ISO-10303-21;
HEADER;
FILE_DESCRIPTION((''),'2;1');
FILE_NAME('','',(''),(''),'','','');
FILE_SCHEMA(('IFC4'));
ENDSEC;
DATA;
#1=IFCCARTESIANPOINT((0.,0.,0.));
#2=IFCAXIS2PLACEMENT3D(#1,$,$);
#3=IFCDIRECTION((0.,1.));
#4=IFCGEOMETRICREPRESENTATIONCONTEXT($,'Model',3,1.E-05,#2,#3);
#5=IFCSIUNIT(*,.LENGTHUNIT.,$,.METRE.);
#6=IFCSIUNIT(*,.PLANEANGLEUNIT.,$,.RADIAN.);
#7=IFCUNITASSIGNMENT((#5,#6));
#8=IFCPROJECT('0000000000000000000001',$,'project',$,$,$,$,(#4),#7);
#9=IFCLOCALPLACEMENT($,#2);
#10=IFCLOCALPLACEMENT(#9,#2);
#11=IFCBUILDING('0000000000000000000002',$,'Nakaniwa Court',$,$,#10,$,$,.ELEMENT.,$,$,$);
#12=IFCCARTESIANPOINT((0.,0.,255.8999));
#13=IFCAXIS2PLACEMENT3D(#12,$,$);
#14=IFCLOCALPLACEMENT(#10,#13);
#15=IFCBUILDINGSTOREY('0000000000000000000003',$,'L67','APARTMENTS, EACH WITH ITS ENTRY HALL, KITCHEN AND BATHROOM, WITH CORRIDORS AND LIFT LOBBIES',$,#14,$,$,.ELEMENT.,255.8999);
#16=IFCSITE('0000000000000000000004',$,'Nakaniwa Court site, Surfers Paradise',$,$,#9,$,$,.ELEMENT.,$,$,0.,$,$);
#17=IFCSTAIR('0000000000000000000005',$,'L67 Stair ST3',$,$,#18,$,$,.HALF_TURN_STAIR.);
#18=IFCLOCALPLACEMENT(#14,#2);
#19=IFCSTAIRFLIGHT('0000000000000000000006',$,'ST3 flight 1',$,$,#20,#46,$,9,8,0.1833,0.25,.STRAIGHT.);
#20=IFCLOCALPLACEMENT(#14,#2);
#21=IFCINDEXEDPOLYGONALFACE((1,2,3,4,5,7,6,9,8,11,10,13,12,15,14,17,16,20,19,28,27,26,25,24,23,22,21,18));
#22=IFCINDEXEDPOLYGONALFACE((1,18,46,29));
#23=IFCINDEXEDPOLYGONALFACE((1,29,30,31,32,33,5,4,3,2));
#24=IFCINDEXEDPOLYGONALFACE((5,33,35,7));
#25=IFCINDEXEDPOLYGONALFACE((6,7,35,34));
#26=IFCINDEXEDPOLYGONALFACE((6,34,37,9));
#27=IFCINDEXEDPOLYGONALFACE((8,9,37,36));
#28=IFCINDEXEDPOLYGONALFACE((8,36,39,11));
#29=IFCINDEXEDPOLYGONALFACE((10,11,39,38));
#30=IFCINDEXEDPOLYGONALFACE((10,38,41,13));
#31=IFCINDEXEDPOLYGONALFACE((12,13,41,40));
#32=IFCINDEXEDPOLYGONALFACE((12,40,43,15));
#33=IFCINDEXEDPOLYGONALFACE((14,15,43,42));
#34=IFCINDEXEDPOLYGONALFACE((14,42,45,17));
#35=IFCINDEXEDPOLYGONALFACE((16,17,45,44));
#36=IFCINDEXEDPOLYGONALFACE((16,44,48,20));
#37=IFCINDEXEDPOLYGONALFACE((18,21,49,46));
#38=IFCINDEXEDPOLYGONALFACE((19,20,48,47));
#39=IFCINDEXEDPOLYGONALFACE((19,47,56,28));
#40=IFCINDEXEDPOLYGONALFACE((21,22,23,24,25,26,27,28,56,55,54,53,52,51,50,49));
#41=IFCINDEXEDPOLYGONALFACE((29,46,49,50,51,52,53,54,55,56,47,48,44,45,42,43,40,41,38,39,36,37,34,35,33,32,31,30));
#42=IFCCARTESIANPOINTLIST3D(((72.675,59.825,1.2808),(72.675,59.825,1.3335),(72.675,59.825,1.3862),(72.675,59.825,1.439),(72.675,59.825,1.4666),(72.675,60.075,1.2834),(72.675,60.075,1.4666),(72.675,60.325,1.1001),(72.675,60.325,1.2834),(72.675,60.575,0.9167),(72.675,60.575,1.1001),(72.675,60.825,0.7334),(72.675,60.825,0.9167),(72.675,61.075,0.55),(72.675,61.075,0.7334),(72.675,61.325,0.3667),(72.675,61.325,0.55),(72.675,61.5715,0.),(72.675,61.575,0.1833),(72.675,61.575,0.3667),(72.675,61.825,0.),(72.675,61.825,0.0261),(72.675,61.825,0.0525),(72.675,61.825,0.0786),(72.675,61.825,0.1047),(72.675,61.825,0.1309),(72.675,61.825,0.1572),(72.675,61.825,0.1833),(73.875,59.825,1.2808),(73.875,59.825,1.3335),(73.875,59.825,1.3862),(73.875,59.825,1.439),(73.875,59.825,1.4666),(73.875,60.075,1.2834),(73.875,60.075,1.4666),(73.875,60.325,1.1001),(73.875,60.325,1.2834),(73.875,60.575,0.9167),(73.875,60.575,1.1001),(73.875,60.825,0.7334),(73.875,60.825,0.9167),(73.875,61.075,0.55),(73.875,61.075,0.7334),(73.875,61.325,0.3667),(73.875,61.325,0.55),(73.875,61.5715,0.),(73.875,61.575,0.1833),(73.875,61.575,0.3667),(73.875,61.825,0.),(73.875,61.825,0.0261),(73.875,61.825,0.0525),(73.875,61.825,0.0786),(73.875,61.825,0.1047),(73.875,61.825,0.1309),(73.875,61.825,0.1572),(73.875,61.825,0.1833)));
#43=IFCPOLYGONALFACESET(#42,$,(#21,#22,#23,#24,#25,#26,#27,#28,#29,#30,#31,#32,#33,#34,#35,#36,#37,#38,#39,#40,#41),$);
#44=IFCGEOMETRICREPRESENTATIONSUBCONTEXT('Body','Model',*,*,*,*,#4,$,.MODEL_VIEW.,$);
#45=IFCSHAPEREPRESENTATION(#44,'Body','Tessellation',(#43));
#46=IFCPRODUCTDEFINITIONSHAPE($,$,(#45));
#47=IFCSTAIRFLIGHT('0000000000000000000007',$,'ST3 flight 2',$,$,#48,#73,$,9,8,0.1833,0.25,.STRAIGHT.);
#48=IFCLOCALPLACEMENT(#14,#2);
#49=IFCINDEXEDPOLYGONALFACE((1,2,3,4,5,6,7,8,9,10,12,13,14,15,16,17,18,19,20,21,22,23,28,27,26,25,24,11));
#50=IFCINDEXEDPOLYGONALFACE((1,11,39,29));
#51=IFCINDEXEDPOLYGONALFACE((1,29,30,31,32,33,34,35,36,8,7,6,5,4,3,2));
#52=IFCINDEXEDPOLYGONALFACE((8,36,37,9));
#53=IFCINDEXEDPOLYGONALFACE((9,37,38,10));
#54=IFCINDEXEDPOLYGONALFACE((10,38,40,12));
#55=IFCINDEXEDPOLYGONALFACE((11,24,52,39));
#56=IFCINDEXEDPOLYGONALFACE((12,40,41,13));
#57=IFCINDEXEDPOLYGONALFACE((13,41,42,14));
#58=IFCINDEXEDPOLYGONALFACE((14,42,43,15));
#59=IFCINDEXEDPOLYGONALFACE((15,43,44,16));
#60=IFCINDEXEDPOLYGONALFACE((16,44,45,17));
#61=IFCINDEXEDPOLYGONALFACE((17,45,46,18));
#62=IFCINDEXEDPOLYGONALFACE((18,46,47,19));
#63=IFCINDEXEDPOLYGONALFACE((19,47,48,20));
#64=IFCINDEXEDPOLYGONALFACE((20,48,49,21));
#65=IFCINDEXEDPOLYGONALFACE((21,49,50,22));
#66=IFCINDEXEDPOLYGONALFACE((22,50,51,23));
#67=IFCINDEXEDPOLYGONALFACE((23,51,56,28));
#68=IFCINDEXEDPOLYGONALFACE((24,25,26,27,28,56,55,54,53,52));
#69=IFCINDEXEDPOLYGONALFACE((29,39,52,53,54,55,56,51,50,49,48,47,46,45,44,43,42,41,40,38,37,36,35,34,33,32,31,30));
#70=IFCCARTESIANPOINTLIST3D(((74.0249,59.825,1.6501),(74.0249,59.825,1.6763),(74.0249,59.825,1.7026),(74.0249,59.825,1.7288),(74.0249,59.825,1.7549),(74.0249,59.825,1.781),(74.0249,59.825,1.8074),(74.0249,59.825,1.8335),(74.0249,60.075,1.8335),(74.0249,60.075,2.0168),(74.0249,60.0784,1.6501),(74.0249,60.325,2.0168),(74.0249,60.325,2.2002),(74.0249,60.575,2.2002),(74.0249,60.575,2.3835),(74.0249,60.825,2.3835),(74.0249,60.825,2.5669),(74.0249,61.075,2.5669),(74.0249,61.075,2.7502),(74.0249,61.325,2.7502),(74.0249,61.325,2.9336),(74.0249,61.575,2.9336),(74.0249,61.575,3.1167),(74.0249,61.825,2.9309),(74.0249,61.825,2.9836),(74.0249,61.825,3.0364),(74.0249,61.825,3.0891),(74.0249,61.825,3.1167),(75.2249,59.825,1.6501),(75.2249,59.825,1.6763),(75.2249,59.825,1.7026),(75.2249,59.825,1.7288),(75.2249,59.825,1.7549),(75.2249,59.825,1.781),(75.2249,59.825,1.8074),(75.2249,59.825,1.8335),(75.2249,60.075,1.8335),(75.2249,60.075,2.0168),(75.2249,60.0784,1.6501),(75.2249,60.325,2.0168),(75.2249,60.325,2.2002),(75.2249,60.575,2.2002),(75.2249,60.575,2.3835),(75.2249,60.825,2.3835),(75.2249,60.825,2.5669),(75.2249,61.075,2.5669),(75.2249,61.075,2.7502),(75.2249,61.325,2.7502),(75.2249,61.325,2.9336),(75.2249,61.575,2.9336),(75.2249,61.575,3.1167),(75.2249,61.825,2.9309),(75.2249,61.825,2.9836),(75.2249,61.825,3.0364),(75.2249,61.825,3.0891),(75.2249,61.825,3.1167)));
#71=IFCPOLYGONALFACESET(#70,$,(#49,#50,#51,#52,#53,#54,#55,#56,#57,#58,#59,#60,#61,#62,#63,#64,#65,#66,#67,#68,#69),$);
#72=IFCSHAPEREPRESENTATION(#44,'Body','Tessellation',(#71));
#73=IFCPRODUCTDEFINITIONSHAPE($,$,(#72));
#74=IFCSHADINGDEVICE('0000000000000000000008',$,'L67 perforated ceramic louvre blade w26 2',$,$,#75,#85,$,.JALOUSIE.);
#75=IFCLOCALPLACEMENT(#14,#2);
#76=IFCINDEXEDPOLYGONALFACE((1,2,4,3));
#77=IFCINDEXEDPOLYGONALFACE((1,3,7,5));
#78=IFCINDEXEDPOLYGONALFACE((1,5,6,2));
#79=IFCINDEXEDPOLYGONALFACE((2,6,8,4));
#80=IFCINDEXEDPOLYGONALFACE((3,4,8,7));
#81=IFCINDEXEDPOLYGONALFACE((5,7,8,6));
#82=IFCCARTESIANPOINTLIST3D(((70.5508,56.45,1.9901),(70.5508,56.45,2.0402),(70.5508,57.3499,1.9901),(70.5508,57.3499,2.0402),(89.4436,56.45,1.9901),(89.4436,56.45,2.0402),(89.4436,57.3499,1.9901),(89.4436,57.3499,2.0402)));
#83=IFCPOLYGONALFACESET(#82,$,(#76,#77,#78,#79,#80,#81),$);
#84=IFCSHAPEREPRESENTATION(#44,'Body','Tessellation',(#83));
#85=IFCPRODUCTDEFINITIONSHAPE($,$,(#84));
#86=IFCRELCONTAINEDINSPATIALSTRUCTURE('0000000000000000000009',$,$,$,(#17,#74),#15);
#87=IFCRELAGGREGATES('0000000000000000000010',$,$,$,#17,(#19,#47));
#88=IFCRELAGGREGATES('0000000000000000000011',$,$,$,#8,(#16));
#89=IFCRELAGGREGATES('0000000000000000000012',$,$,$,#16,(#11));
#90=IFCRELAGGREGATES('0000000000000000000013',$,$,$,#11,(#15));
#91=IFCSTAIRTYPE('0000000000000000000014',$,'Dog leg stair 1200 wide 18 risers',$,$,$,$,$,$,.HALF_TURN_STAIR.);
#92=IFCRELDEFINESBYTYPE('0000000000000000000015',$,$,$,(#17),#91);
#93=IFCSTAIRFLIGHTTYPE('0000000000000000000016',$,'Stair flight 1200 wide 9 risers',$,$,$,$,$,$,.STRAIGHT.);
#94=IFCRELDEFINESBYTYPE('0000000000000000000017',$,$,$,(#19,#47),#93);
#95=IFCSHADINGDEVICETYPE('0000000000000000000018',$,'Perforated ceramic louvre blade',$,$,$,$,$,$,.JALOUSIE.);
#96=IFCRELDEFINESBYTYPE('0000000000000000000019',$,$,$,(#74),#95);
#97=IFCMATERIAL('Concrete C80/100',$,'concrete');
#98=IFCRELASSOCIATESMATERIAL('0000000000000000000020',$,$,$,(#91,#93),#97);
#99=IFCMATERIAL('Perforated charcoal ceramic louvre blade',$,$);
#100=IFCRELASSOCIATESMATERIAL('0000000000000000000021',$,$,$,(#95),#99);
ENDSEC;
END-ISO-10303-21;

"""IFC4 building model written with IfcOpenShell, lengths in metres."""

from ifc_helpers import new_model, si_unit, direction, frame, origin, origin_2d, place, context, subcontext, project, spatial, polyline, rectangle, outline, extrude, material, material_profile, profile_set, type_object, element, aggregate, save


model = new_model("IFC4")

# Units and contexts
model_context = context("Model", 3, precision=1e-05, world=origin(), true_north=direction((0.0, 1.0)))
body_context = subcontext(model_context, "Body", "Model", "MODEL_VIEW")
ifc_project = project(units=[si_unit("LENGTHUNIT", "METRE"), si_unit("PLANEANGLEUNIT", "RADIAN")], contexts=[model_context])

# Site, building, storey
site_placement = place(None, origin())
site = spatial("IfcSite", under=ifc_project, at=site_placement, Name="Nakaniwa Court site, Surfers Paradise", CompositionType="ELEMENT", RefElevation=0.0)
building_placement = place(site_placement, origin())
building = spatial("IfcBuilding", under=site, at=building_placement, Name="Nakaniwa Court", CompositionType="ELEMENT")
storey_placement = place(building_placement, frame((0.0, 0.0, 255.8999)))
storey = spatial("IfcBuildingStorey", under=building, at=storey_placement, Name="L67", Description="APARTMENTS, EACH WITH ITS ENTRY HALL, KITCHEN AND BATHROOM, WITH CORRIDORS AND LIFT LOBBIES", CompositionType="ELEMENT", Elevation=255.8999)

# Shared definitions
ifc_material_1 = material(Name="Concrete C80/100", Category="concrete")

# Stair, stair flights
stair_type = type_object("IfcStairType", Name="Dog leg stair 1200 wide 18 risers", PredefinedType="HALF_TURN_STAIR", material=ifc_material_1)
stair_placement = place(storey_placement, origin())
stair = element("IfcStair", 1, at=stair_placement, inside=storey, type_object=stair_type, Name="L67 Stair ST3", PredefinedType="HALF_TURN_STAIR")
stair_flight_type = type_object("IfcStairFlightType", Name="Stair flight 1200 wide 9 risers", PredefinedType="STRAIGHT", material=ifc_material_1)
stair_flight_1_placement = place(storey_placement, frame((73.2749, 61.825, 0.0), z_axis=(0.0, 0.0, 1.0), x_axis=(0.0, -1.0, 0.0)))
stair_flight_1 = element("IfcStairFlight", 2, at=stair_flight_1_placement, type_object=stair_flight_type, Name="ST3 flight 1", NumberOfRisers=9, NumberOfTreads=8, PredefinedType="STRAIGHT", RiserHeight=0.1833, TreadLength=0.25, context=body_context, shape_type="SweptSolid", body=[
    extrude(outline(polyline([(0.0, 0.0), (0.0, 0.0261), (0.0, 0.0525), (0.0, 0.0786), (0.0, 0.1047), (0.0, 0.1309), (0.0, 0.1572), (0.0, 0.1833), (0.25, 0.1833), (0.25, 0.3667), (0.5, 0.3667), (0.5, 0.55), (0.75, 0.55), (0.75, 0.7334), (1.0, 0.7334), (1.0, 0.9167), (1.25, 0.9167), (1.25, 1.1001), (1.5, 1.1001), (1.5, 1.2834), (1.75, 1.2834), (1.75, 1.4666), (2.0, 1.4666), (2.0, 1.6499), (2.0, 1.5972), (2.0, 1.5444), (2.0, 1.4917), (2.0, 1.439), (2.0, 1.3862), (2.0, 1.3335), (2.0, 1.2808), (0.2534, 0.0), (0.0, 0.0)])), frame((0.0, 0.6001, 0.0), z_axis=(0.0, -1.0, 0.0), x_axis=(1.0, 0.0, 0.0)), (0.0, 0.0, 1.0), 1.2),
])
stair_flight_2_placement = place(storey_placement, frame((74.625, 59.825, 1.6501), z_axis=(0.0, 0.0, 1.0), x_axis=(0.0, 1.0, 0.0)))
stair_flight_2 = element("IfcStairFlight", 3, at=stair_flight_2_placement, type_object=stair_flight_type, Name="ST3 flight 2", NumberOfRisers=9, NumberOfTreads=8, PredefinedType="STRAIGHT", RiserHeight=0.1833, TreadLength=0.25, context=body_context, shape_type="SweptSolid", body=[
    extrude(outline(polyline([(0.0, 0.0), (0.0, 0.0261), (0.0, 0.0525), (0.0, 0.0786), (0.0, 0.1047), (0.0, 0.1309), (0.0, 0.1572), (0.0, 0.1833), (0.25, 0.1833), (0.25, 0.3667), (0.5, 0.3667), (0.5, 0.55), (0.75, 0.55), (0.75, 0.7334), (1.0, 0.7334), (1.0, 0.9167), (1.25, 0.9167), (1.25, 1.1001), (1.5, 1.1001), (1.5, 1.2834), (1.75, 1.2834), (1.75, 1.4666), (2.0, 1.4666), (2.0, 1.6499), (2.0, 1.5972), (2.0, 1.5444), (2.0, 1.4917), (2.0, 1.439), (2.0, 1.3862), (2.0, 1.3335), (2.0, 1.2808), (0.2534, 0.0), (0.0, 0.0)])), frame((0.0, 0.6001, 0.0), z_axis=(0.0, -1.0, 0.0), x_axis=(1.0, 0.0, 0.0)), (0.0, 0.0, 1.0), 1.2),
])
aggregate(stair, [stair_flight_1, stair_flight_2])

# Shading device
ifc_material_2 = material(Name="Perforated charcoal ceramic louvre blade")
ifc_material_profile = material_profile(ifc_material_2, rectangle(XDim=0.8999, YDim=0.05, at=origin_2d()), Name="Perforated ceramic louvre blade")
ifc_profile_set = profile_set([ifc_material_profile], Name="Perforated charcoal ceramic louvre blade")
shading_device_type = type_object("IfcShadingDeviceType", Name="Perforated ceramic louvre blade", PredefinedType="JALOUSIE", material=ifc_profile_set)
shading_device_placement = place(storey_placement, frame((70.5508, 56.8999, 2.0151), z_axis=(1.0, 0.0, 0.0), x_axis=(0.0, 1.0, 0.0)))
element("IfcShadingDevice", 4, at=shading_device_placement, inside=storey, type_object=shading_device_type, Name="L67 perforated ceramic louvre blade w26 2", PredefinedType="JALOUSIE", context=body_context, shape_type="SweptSolid", body=[
    extrude(rectangle(XDim=0.8999, YDim=0.05, at=origin_2d()), origin(), (0.0, 0.0, 1.0), 18.8928),
])

save(model, "model.ifc")
